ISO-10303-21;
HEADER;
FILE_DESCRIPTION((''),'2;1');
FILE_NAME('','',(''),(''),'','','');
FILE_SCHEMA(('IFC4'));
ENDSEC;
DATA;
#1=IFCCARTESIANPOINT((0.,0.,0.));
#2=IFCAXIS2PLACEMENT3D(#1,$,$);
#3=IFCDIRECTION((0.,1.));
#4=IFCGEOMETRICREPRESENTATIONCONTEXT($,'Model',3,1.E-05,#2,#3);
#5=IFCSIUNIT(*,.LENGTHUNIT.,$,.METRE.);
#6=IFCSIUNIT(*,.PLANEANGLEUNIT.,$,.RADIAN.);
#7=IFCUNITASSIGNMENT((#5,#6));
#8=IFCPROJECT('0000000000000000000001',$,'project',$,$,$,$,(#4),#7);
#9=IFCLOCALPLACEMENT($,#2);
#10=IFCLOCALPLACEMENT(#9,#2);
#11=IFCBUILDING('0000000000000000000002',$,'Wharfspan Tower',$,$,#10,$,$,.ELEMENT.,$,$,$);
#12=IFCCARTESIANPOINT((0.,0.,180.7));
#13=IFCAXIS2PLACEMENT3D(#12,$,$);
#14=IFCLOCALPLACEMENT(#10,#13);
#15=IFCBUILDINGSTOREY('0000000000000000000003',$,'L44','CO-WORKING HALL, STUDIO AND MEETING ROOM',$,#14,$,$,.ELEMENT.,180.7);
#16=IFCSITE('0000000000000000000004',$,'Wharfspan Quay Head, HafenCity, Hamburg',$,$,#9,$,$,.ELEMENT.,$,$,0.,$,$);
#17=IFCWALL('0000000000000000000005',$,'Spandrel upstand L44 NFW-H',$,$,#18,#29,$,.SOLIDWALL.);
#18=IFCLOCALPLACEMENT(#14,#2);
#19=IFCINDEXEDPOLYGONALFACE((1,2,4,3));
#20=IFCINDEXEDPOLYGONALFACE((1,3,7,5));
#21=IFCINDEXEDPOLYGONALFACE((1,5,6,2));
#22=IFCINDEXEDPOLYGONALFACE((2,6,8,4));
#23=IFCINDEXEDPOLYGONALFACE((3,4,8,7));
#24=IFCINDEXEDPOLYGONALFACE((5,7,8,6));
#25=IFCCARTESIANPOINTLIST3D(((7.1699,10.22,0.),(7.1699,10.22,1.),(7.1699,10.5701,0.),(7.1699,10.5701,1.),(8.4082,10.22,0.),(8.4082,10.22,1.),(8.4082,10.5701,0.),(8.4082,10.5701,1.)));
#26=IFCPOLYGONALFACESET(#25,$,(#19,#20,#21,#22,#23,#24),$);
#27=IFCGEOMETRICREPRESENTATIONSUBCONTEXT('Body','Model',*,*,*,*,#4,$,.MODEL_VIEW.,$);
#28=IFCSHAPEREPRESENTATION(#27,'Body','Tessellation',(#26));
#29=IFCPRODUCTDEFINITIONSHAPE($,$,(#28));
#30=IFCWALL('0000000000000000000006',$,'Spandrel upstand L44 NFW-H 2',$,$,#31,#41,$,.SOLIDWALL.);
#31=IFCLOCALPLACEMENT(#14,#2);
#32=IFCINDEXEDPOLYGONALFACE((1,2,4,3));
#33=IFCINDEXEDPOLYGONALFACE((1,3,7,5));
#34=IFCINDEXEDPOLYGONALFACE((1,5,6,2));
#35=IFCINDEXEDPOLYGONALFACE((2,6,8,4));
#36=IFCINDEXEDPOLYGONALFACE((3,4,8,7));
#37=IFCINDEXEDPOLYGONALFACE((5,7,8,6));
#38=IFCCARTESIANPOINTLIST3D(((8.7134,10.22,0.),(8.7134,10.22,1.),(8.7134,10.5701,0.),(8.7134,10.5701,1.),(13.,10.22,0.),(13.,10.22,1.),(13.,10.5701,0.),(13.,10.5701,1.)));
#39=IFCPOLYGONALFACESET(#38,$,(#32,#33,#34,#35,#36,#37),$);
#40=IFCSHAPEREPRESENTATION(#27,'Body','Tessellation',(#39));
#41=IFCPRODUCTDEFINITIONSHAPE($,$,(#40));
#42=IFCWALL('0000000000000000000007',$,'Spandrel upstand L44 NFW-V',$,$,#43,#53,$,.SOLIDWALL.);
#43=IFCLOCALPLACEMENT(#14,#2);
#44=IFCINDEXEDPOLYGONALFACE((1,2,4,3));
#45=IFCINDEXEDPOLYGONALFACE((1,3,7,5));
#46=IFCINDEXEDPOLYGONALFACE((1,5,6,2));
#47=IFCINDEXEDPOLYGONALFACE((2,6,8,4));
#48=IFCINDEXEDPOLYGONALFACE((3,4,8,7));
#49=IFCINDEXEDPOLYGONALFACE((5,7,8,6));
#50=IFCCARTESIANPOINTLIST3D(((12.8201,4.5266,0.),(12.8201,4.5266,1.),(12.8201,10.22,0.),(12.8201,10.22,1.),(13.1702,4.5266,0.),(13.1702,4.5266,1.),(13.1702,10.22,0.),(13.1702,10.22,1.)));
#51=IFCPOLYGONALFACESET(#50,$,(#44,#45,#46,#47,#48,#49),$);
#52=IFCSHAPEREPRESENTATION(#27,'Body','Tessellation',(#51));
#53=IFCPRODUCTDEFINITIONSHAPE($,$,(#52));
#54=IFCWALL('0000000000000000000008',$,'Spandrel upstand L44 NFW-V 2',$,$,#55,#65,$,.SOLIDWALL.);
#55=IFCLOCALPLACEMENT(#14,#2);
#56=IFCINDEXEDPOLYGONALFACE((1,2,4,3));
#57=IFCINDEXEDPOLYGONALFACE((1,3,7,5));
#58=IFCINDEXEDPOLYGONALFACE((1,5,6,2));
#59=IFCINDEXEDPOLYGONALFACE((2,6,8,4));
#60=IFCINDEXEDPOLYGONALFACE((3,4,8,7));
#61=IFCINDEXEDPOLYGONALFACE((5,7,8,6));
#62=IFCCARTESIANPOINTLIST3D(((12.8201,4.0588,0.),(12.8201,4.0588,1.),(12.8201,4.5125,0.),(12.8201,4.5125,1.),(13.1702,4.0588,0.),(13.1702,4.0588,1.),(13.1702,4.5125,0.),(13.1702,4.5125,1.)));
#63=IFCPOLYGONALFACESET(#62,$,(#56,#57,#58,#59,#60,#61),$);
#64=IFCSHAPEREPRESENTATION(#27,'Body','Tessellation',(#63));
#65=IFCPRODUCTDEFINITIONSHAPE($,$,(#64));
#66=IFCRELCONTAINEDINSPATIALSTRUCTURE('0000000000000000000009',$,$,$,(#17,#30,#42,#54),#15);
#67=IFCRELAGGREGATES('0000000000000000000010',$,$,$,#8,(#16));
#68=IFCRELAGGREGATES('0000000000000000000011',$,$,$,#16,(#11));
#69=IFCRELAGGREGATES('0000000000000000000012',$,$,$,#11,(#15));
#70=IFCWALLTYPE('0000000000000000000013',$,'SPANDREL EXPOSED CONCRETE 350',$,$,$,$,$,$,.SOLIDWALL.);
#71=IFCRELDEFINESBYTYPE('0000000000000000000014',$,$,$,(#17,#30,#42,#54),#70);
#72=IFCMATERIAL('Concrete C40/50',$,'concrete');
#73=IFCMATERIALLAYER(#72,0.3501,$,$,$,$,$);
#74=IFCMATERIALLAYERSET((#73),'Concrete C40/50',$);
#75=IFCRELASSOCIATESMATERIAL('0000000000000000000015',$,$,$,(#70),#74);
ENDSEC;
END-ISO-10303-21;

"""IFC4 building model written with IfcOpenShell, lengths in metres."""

from ifc_helpers import new_model, si_unit, direction, frame, frame_2d, origin, place, context, subcontext, project, spatial, rectangle, extrude, material, layer, layer_set, type_object, element, save


model = new_model("IFC4")

# Units and contexts
model_context = context("Model", 3, precision=1e-05, world=origin(), true_north=direction((0.0, 1.0)))
body_context = subcontext(model_context, "Body", "Model", "MODEL_VIEW")
ifc_project = project(units=[si_unit("LENGTHUNIT", "METRE"), si_unit("PLANEANGLEUNIT", "RADIAN")], contexts=[model_context])

# Site, building, storey
site_placement = place(None, origin())
site = spatial("IfcSite", under=ifc_project, at=site_placement, Name="Wharfspan Quay Head, HafenCity, Hamburg", CompositionType="ELEMENT", RefElevation=0.0)
building_placement = place(site_placement, origin())
building = spatial("IfcBuilding", under=site, at=building_placement, Name="Wharfspan Tower", CompositionType="ELEMENT")
storey_placement = place(building_placement, frame((0.0, 0.0, 180.7)))
storey = spatial("IfcBuildingStorey", under=building, at=storey_placement, Name="L44", Description="CO-WORKING HALL, STUDIO AND MEETING ROOM", CompositionType="ELEMENT", Elevation=180.7)

# Walls
ifc_material_1 = material(Name="Concrete C40/50", Category="concrete")
ifc_layer_1 = layer(ifc_material_1, 0.3501)
ifc_layer_set_1 = layer_set([ifc_layer_1], Name="Concrete C40/50")
wall_type_1 = type_object("IfcWallType", Name="SPANDREL EXPOSED CONCRETE 350", PredefinedType="SOLIDWALL", material=ifc_layer_set_1)
wall_1_placement = place(storey_placement, frame((7.1699, 10.395, 0.0), z_axis=(0.0, 0.0, 1.0), x_axis=(1.0, 0.0, 0.0)))
element("IfcWall", 1, at=wall_1_placement, inside=storey, type_object=wall_type_1, Name="Spandrel upstand L44 NFW-H", PredefinedType="SOLIDWALL", context=body_context, shape_type="SweptSolid", body=[
    extrude(rectangle(XDim=1.2383, YDim=0.3501, at=frame_2d((0.6191, 0.0))), origin(), (0.0, 0.0, 1.0), 1.0),
])
wall_2_placement = place(storey_placement, frame((8.7134, 10.395, 0.0), z_axis=(0.0, 0.0, 1.0), x_axis=(1.0, 0.0, 0.0)))
element("IfcWall", 2, at=wall_2_placement, inside=storey, type_object=wall_type_1, Name="Spandrel upstand L44 NFW-H 2", PredefinedType="SOLIDWALL", context=body_context, shape_type="SweptSolid", body=[
    extrude(rectangle(XDim=4.2866, YDim=0.3501, at=frame_2d((2.1433, 0.0))), origin(), (0.0, 0.0, 1.0), 1.0),
])
wall_3_placement = place(storey_placement, frame((12.9951, 10.22, 0.0), z_axis=(0.0, 0.0, 1.0), x_axis=(0.0, -1.0, 0.0)))
element("IfcWall", 3, at=wall_3_placement, inside=storey, type_object=wall_type_1, Name="Spandrel upstand L44 NFW-V", PredefinedType="SOLIDWALL", context=body_context, shape_type="SweptSolid", body=[
    extrude(rectangle(XDim=5.6934, YDim=0.3501, at=frame_2d((2.8467, 0.0))), origin(), (0.0, 0.0, 1.0), 1.0),
])
wall_4_placement = place(storey_placement, frame((12.9951, 4.5125, 0.0), z_axis=(0.0, 0.0, 1.0), x_axis=(0.0, -1.0, 0.0)))
element("IfcWall", 4, at=wall_4_placement, inside=storey, type_object=wall_type_1, Name="Spandrel upstand L44 NFW-V 2", PredefinedType="SOLIDWALL", context=body_context, shape_type="SweptSolid", body=[
    extrude(rectangle(XDim=0.4536, YDim=0.3501, at=frame_2d((0.2268, 0.0))), origin(), (0.0, 0.0, 1.0), 1.0),
])

save(model, "model.ifc")
